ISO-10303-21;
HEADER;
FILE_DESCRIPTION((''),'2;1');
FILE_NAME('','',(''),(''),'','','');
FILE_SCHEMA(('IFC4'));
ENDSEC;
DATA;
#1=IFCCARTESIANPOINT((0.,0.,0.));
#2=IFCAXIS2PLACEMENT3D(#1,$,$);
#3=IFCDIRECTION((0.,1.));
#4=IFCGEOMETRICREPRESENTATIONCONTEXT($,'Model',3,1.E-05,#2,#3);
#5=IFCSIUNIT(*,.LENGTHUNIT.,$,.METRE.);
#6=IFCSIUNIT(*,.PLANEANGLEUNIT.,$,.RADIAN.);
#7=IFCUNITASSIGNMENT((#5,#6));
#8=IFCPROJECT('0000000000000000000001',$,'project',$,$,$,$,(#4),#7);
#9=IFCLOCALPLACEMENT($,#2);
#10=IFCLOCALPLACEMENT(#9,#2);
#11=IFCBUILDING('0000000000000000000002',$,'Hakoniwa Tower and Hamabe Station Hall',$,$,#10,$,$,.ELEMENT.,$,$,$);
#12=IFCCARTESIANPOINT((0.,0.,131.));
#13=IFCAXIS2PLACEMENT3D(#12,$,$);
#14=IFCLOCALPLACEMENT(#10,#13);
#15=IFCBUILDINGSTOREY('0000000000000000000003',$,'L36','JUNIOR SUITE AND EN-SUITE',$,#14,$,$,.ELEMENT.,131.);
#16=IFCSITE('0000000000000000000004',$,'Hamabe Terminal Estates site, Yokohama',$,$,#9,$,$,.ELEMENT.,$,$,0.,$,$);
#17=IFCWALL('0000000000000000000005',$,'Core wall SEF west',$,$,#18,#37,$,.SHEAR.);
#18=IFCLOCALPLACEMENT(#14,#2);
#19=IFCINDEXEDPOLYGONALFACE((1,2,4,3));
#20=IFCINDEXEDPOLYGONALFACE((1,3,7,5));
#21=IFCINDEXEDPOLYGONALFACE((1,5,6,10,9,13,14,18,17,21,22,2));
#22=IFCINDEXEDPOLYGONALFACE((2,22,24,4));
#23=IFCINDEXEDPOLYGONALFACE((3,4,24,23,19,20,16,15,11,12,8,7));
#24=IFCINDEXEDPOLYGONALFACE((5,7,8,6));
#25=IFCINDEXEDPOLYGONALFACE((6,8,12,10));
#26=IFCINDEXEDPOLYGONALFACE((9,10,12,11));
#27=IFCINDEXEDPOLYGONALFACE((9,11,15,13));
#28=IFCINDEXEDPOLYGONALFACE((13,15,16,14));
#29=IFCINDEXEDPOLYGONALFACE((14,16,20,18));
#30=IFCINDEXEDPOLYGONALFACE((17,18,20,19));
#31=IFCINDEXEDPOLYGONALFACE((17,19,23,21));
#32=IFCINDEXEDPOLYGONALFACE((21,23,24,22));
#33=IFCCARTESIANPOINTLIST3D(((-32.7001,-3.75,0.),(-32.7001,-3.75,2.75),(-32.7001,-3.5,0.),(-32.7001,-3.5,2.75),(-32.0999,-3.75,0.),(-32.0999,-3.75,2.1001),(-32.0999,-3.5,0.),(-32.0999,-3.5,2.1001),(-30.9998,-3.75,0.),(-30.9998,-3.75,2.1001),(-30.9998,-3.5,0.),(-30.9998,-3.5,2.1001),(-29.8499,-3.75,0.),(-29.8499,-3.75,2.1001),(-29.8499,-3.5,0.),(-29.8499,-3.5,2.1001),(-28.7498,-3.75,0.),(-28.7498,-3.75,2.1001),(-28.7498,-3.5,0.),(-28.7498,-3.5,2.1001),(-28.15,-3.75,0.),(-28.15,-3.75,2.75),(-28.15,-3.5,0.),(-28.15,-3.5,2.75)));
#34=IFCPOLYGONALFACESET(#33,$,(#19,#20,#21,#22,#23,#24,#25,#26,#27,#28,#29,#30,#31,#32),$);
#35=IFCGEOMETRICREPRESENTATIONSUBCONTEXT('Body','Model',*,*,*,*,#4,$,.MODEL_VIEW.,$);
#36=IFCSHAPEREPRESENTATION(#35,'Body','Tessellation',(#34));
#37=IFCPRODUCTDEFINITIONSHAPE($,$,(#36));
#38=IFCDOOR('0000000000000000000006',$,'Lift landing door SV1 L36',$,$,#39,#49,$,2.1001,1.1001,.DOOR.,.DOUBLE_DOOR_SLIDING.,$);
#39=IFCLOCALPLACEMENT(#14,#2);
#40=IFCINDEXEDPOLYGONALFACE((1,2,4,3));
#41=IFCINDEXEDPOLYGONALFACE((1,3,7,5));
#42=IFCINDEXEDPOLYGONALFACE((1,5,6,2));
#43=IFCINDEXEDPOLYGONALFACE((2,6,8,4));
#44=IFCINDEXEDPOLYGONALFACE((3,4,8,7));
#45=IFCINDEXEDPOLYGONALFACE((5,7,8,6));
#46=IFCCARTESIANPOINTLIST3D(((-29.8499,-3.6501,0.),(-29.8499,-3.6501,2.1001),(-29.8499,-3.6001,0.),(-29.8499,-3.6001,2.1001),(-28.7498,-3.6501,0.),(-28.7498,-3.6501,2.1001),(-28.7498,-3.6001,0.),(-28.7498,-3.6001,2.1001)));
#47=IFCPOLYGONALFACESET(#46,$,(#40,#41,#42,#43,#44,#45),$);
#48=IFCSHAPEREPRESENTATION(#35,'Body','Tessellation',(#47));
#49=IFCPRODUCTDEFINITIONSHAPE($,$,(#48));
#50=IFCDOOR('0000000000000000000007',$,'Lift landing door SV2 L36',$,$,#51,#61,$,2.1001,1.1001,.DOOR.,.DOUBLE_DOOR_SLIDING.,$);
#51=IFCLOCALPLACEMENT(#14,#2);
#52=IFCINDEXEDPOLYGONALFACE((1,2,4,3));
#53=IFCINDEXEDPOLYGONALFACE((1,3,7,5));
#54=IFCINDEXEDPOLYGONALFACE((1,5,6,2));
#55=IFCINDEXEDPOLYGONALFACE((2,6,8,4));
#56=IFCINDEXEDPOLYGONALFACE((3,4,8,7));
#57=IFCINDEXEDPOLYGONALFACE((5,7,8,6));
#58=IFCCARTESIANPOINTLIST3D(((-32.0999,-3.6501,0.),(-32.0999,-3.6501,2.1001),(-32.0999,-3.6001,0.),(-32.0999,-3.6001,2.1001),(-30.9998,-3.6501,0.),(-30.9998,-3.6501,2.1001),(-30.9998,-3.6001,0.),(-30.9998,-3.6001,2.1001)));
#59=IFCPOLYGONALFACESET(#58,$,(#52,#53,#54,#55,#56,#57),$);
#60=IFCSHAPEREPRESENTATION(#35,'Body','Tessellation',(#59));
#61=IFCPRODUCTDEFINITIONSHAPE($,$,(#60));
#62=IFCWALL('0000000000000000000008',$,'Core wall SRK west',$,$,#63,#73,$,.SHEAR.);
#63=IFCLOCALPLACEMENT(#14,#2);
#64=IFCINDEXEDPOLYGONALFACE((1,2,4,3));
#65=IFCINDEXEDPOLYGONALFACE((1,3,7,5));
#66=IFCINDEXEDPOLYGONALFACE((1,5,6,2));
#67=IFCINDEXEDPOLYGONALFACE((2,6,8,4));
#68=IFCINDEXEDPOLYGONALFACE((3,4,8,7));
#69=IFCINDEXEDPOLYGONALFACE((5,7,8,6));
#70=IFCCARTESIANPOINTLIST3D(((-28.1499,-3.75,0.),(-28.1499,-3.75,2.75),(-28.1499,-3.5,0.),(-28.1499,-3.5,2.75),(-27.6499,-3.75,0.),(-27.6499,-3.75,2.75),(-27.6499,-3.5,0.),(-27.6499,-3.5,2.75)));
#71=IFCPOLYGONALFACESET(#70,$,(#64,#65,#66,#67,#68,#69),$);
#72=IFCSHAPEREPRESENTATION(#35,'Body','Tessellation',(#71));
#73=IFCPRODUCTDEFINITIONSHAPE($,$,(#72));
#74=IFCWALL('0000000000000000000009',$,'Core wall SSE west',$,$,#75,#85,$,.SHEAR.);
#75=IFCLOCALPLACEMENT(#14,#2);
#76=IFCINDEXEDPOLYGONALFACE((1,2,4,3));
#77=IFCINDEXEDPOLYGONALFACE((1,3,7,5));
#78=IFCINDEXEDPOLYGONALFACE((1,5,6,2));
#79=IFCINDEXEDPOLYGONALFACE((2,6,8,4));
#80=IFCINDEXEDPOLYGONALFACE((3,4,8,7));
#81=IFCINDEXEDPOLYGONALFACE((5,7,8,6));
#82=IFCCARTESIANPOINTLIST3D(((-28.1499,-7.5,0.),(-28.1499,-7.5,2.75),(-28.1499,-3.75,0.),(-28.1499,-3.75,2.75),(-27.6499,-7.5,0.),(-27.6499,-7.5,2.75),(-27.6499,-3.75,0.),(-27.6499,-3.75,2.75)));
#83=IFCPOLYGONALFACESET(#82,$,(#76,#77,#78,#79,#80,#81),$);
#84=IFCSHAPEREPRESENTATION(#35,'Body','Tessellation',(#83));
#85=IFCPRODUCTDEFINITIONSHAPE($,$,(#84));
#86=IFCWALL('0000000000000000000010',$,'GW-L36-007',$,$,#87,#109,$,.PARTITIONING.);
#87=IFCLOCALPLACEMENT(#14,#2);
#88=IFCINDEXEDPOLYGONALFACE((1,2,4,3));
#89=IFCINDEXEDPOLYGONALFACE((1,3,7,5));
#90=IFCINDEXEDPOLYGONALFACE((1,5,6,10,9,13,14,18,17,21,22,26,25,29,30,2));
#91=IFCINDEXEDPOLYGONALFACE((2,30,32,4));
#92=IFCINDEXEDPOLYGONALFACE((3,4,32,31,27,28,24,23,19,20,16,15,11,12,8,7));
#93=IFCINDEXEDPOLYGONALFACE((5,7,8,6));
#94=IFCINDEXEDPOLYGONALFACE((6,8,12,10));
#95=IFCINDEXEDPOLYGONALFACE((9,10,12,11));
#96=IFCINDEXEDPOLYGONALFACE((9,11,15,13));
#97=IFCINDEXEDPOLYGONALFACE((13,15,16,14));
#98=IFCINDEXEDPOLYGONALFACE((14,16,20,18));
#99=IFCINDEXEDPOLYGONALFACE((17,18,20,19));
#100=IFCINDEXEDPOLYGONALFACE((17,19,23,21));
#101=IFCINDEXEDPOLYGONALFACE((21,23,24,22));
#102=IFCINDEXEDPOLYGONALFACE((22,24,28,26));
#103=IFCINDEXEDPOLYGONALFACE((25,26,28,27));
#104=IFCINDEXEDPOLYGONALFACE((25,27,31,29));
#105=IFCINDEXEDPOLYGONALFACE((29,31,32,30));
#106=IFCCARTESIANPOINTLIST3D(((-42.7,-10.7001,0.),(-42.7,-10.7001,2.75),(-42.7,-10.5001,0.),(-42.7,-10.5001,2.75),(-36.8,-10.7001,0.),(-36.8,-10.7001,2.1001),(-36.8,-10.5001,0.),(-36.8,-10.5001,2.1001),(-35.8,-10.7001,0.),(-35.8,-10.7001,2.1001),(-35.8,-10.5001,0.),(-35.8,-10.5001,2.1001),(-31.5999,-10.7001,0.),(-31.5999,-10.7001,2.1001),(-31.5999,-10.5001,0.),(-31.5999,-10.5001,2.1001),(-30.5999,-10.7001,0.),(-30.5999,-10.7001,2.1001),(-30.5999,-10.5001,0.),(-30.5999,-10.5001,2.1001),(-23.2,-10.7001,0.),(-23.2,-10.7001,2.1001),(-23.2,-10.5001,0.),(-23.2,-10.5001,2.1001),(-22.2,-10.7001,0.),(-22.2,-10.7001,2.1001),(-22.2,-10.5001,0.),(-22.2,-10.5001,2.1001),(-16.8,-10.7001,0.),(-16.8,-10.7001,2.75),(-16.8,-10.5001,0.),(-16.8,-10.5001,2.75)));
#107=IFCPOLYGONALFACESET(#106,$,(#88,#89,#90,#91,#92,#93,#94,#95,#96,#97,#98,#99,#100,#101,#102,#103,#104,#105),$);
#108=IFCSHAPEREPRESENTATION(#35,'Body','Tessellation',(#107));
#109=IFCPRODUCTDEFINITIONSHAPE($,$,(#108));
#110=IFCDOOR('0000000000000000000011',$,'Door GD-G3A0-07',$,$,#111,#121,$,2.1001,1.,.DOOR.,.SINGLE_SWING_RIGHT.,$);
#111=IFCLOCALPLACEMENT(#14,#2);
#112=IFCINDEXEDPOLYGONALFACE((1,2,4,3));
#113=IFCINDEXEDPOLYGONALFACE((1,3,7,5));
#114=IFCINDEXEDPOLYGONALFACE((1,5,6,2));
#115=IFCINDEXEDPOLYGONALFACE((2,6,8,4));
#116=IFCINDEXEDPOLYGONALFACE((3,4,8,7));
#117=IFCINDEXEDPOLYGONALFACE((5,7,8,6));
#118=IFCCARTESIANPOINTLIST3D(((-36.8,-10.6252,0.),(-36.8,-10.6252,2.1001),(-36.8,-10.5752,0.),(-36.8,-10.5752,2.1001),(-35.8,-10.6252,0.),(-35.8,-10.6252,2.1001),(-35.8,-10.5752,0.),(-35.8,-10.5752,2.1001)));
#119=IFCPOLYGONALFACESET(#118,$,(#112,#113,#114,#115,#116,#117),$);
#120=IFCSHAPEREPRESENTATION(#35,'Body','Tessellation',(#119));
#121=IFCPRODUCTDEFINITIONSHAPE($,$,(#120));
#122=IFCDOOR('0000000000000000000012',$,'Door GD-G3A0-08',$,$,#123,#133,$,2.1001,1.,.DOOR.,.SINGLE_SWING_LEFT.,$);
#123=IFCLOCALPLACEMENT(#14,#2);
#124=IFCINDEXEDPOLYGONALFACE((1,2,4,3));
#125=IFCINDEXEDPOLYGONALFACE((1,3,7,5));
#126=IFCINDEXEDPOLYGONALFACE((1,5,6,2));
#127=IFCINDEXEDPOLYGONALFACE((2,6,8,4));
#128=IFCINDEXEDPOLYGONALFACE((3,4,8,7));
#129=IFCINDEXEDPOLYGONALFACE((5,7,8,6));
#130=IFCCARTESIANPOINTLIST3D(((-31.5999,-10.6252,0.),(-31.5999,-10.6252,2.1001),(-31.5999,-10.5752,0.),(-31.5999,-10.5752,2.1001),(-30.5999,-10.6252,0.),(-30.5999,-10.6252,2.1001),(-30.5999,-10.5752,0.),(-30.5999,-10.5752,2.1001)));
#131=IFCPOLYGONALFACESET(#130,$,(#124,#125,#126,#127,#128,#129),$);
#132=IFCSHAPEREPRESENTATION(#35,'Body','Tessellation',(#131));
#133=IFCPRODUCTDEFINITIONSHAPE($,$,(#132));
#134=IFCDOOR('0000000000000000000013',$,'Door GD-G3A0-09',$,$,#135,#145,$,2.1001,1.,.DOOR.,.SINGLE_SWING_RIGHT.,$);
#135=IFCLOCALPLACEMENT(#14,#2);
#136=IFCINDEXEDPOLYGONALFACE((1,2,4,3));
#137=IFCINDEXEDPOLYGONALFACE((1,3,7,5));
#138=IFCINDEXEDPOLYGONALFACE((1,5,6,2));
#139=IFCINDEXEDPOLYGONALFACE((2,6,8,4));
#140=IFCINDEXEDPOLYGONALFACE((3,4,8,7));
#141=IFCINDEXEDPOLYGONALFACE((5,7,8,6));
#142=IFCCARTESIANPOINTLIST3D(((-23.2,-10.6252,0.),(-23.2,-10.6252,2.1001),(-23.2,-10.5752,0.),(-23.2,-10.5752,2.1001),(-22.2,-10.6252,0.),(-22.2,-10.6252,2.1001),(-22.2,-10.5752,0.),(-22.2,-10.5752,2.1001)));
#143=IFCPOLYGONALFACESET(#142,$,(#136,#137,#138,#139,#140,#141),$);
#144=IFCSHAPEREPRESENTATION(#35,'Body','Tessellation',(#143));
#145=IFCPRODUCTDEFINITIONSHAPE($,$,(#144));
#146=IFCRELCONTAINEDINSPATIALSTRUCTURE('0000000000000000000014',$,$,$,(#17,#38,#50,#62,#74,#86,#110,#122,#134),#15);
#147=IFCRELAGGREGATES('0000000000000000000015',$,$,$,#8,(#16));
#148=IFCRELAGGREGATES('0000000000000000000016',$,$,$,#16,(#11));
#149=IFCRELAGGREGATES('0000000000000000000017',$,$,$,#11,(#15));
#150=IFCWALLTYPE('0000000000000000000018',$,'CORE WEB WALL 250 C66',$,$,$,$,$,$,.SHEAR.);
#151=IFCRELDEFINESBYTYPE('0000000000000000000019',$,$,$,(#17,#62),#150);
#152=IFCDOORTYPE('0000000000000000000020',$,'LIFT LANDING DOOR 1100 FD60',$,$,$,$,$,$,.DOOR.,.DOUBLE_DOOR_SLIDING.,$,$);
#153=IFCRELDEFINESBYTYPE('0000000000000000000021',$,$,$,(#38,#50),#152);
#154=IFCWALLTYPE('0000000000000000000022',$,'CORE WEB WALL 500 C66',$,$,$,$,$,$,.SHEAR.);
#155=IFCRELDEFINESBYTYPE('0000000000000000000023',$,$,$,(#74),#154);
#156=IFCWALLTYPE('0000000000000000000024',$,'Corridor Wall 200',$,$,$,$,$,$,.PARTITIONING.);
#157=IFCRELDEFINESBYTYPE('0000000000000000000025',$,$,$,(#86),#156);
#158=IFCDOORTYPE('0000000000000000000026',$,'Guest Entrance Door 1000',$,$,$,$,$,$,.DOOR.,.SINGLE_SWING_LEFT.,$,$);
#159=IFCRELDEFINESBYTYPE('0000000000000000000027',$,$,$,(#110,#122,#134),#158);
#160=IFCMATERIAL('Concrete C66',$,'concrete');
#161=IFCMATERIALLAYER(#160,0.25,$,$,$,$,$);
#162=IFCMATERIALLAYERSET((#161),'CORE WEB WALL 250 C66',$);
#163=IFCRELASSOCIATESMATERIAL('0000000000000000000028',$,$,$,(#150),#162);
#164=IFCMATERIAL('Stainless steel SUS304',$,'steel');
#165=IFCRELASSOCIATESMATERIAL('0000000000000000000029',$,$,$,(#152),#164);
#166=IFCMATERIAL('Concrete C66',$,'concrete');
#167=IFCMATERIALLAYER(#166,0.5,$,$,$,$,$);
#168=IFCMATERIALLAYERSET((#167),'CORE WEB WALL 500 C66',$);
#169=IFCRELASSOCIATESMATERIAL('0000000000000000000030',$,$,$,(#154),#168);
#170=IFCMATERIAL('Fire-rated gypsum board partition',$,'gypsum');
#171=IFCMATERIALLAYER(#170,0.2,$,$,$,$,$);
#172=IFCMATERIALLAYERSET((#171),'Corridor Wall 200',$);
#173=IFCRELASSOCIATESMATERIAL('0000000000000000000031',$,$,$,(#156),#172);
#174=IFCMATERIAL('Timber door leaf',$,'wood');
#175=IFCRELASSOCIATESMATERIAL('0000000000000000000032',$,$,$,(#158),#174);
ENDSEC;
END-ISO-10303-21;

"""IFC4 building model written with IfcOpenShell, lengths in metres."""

from ifc_helpers import new_model, si_unit, direction, frame, frame_2d, origin, place, context, subcontext, project, spatial, rectangle, extrude, material, layer, layer_set, type_object, element, fill, save


model = new_model("IFC4")

# Units and contexts
model_context = context("Model", 3, precision=1e-05, world=origin(), true_north=direction((0.0, 1.0)))
body_context = subcontext(model_context, "Body", "Model", "MODEL_VIEW")
ifc_project = project(units=[si_unit("LENGTHUNIT", "METRE"), si_unit("PLANEANGLEUNIT", "RADIAN")], contexts=[model_context])

# Site, building, storey
site_placement = place(None, origin())
site = spatial("IfcSite", under=ifc_project, at=site_placement, Name="Hamabe Terminal Estates site, Yokohama", CompositionType="ELEMENT", RefElevation=0.0)
building_placement = place(site_placement, origin())
building = spatial("IfcBuilding", under=site, at=building_placement, Name="Hakoniwa Tower and Hamabe Station Hall", CompositionType="ELEMENT")
storey_placement = place(building_placement, frame((0.0, 0.0, 131.0)))
storey = spatial("IfcBuildingStorey", under=building, at=storey_placement, Name="L36", Description="JUNIOR SUITE AND EN-SUITE", CompositionType="ELEMENT", Elevation=131.0)

# Shared definitions
ifc_material_1 = material(Name="Concrete C66", Category="concrete")
ifc_layer_1 = layer(ifc_material_1, 0.25)
ifc_layer_set_1 = layer_set([ifc_layer_1], Name="CORE WEB WALL 250 C66")
wall_type_1 = type_object("IfcWallType", Name="CORE WEB WALL 250 C66", PredefinedType="SHEAR", material=ifc_layer_set_1)
ifc_material_2 = material(Name="Stainless steel SUS304", Category="steel")
door_type_1 = type_object("IfcDoorType", Name="LIFT LANDING DOOR 1100 FD60", OperationType="DOUBLE_DOOR_SLIDING", PredefinedType="DOOR", material=ifc_material_2)

# Wall, openings, doors
wall_1_placement = place(storey_placement, frame((-32.7, -3.625, 0.0), z_axis=(0.0, 0.0, 1.0), x_axis=(1.0, 0.0, 0.0)))
wall_1 = element("IfcWall", 1, at=wall_1_placement, inside=storey, type_object=wall_type_1, Name="Core wall SEF west", PredefinedType="SHEAR", context=body_context, shape_type="SweptSolid", body=[
    extrude(rectangle(XDim=4.55, YDim=0.25, at=frame_2d((2.2749, 0.0))), origin(), (0.0, 0.0, 1.0), 2.75),
])
opening_1_placement = place(wall_1_placement, frame((2.8501, 0.0, 0.0)))
opening_1 = element("IfcOpeningElement", 2, at=opening_1_placement, cuts=wall_1, PredefinedType="OPENING", context=body_context, shape_type="SweptSolid", body=[
    extrude(rectangle(XDim=1.1001, YDim=2.1001, at=frame_2d((0.55, 1.05))), frame((0.0, 0.135, 0.0), z_axis=(0.0, -1.0, 0.0), x_axis=(1.0, 0.0, 0.0)), (0.0, 0.0, 1.0), 0.27),
])
opening_2_placement = place(wall_1_placement, frame((0.6001, 0.0, 0.0)))
opening_2 = element("IfcOpeningElement", 3, at=opening_2_placement, cuts=wall_1, PredefinedType="OPENING", context=body_context, shape_type="SweptSolid", body=[
    extrude(rectangle(XDim=1.1001, YDim=2.1001, at=frame_2d((0.55, 1.05))), frame((0.0, 0.135, 0.0), z_axis=(0.0, -1.0, 0.0), x_axis=(1.0, 0.0, 0.0)), (0.0, 0.0, 1.0), 0.27),
])
door_1_placement = place(opening_1_placement, origin())
door_1 = element("IfcDoor", 4, at=door_1_placement, inside=storey, type_object=door_type_1, Name="Lift landing door SV1 L36", OperationType="DOUBLE_DOOR_SLIDING", OverallHeight=2.1001, OverallWidth=1.1001, PredefinedType="DOOR", context=body_context, shape_type="SweptSolid", body=[
    extrude(rectangle(XDim=1.1001, YDim=2.1001, at=frame_2d((0.55, 1.05))), frame((0.0, 0.0249, 0.0), z_axis=(0.0, -1.0, 0.0), x_axis=(1.0, 0.0, 0.0)), (0.0, 0.0, 1.0), 0.05),
])
fill(opening_1, door_1)
door_2_placement = place(opening_2_placement, origin())
door_2 = element("IfcDoor", 5, at=door_2_placement, inside=storey, type_object=door_type_1, Name="Lift landing door SV2 L36", OperationType="DOUBLE_DOOR_SLIDING", OverallHeight=2.1001, OverallWidth=1.1001, PredefinedType="DOOR", context=body_context, shape_type="SweptSolid", body=[
    extrude(rectangle(XDim=1.1001, YDim=2.1001, at=frame_2d((0.55, 1.05))), frame((0.0, 0.0249, 0.0), z_axis=(0.0, -1.0, 0.0), x_axis=(1.0, 0.0, 0.0)), (0.0, 0.0, 1.0), 0.05),
])
fill(opening_2, door_2)

# Walls
wall_2_placement = place(storey_placement, frame((-28.1499, -3.625, 0.0), z_axis=(0.0, 0.0, 1.0), x_axis=(1.0, 0.0, 0.0)))
element("IfcWall", 6, at=wall_2_placement, inside=storey, type_object=wall_type_1, Name="Core wall SRK west", PredefinedType="SHEAR", context=body_context, shape_type="SweptSolid", body=[
    extrude(rectangle(XDim=0.5, YDim=0.25, at=frame_2d((0.25, 0.0))), origin(), (0.0, 0.0, 1.0), 2.75),
])
ifc_material_3 = material(Name="Concrete C66", Category="concrete")
ifc_layer_2 = layer(ifc_material_3, 0.5)
ifc_layer_set_2 = layer_set([ifc_layer_2], Name="CORE WEB WALL 500 C66")
wall_type_2 = type_object("IfcWallType", Name="CORE WEB WALL 500 C66", PredefinedType="SHEAR", material=ifc_layer_set_2)
wall_3_placement = place(storey_placement, frame((-27.8999, -7.5, 0.0), z_axis=(0.0, 0.0, 1.0), x_axis=(0.0, 1.0, 0.0)))
element("IfcWall", 7, at=wall_3_placement, inside=storey, type_object=wall_type_2, Name="Core wall SSE west", PredefinedType="SHEAR", context=body_context, shape_type="SweptSolid", body=[
    extrude(rectangle(XDim=3.75, YDim=0.5, at=frame_2d((1.875, 0.0))), origin(), (0.0, 0.0, 1.0), 2.75),
])

# Wall, openings, doors
ifc_material_4 = material(Name="Fire-rated gypsum board partition", Category="gypsum")
ifc_layer_3 = layer(ifc_material_4, 0.2)
ifc_layer_set_3 = layer_set([ifc_layer_3], Name="Corridor Wall 200")
wall_type_3 = type_object("IfcWallType", Name="Corridor Wall 200", PredefinedType="PARTITIONING", material=ifc_layer_set_3)
wall_4_placement = place(storey_placement, frame((-42.7, -10.6001, 0.0), z_axis=(0.0, 0.0, 1.0), x_axis=(1.0, 0.0, 0.0)))
wall_4 = element("IfcWall", 8, at=wall_4_placement, inside=storey, type_object=wall_type_3, Name="GW-L36-007", PredefinedType="PARTITIONING", context=body_context, shape_type="SweptSolid", body=[
    extrude(rectangle(XDim=25.8999, YDim=0.2, at=frame_2d((12.95, 0.0))), origin(), (0.0, 0.0, 1.0), 2.75),
])
opening_3_placement = place(wall_4_placement, frame((5.8999, 0.0, 0.0)))
opening_3 = element("IfcOpeningElement", 9, at=opening_3_placement, cuts=wall_4, PredefinedType="OPENING", context=body_context, shape_type="SweptSolid", body=[
    extrude(rectangle(XDim=1.0, YDim=2.1001, at=frame_2d((0.5, 1.05))), frame((0.0, 0.1099, 0.0), z_axis=(0.0, -1.0, 0.0), x_axis=(1.0, 0.0, 0.0)), (0.0, 0.0, 1.0), 0.22),
])
opening_4_placement = place(wall_4_placement, frame((11.1001, 0.0, 0.0)))
opening_4 = element("IfcOpeningElement", 10, at=opening_4_placement, cuts=wall_4, PredefinedType="OPENING", context=body_context, shape_type="SweptSolid", body=[
    extrude(rectangle(XDim=1.0, YDim=2.1001, at=frame_2d((0.5, 1.05))), frame((0.0, 0.1099, 0.0), z_axis=(0.0, -1.0, 0.0), x_axis=(1.0, 0.0, 0.0)), (0.0, 0.0, 1.0), 0.22),
])
opening_5_placement = place(wall_4_placement, frame((19.5, 0.0, 0.0)))
opening_5 = element("IfcOpeningElement", 11, at=opening_5_placement, cuts=wall_4, PredefinedType="OPENING", context=body_context, shape_type="SweptSolid", body=[
    extrude(rectangle(XDim=1.0, YDim=2.1001, at=frame_2d((0.5, 1.05))), frame((0.0, 0.1099, 0.0), z_axis=(0.0, -1.0, 0.0), x_axis=(1.0, 0.0, 0.0)), (0.0, 0.0, 1.0), 0.22),
])
ifc_material_5 = material(Name="Timber door leaf", Category="wood")
door_type_2 = type_object("IfcDoorType", Name="Guest Entrance Door 1000", OperationType="SINGLE_SWING_LEFT", PredefinedType="DOOR", material=ifc_material_5)
door_3_placement = place(opening_3_placement, origin())
door_3 = element("IfcDoor", 12, at=door_3_placement, inside=storey, type_object=door_type_2, Name="Door GD-G3A0-07", OperationType="SINGLE_SWING_RIGHT", OverallHeight=2.1001, OverallWidth=1.0, PredefinedType="DOOR", context=body_context, shape_type="SweptSolid", body=[
    extrude(rectangle(XDim=1.0, YDim=2.1001, at=frame_2d((0.5, 1.05))), frame((0.0, 0.0249, 0.0), z_axis=(0.0, -1.0, 0.0), x_axis=(1.0, 0.0, 0.0)), (0.0, 0.0, 1.0), 0.05),
])
fill(opening_3, door_3)
door_4_placement = place(opening_4_placement, origin())
door_4 = element("IfcDoor", 13, at=door_4_placement, inside=storey, type_object=door_type_2, Name="Door GD-G3A0-08", OperationType="SINGLE_SWING_LEFT", OverallHeight=2.1001, OverallWidth=1.0, PredefinedType="DOOR", context=body_context, shape_type="SweptSolid", body=[
    extrude(rectangle(XDim=1.0, YDim=2.1001, at=frame_2d((0.5, 1.05))), frame((0.0, 0.0249, 0.0), z_axis=(0.0, -1.0, 0.0), x_axis=(1.0, 0.0, 0.0)), (0.0, 0.0, 1.0), 0.05),
])
fill(opening_4, door_4)
door_5_placement = place(opening_5_placement, origin())
door_5 = element("IfcDoor", 14, at=door_5_placement, inside=storey, type_object=door_type_2, Name="Door GD-G3A0-09", OperationType="SINGLE_SWING_RIGHT", OverallHeight=2.1001, OverallWidth=1.0, PredefinedType="DOOR", context=body_context, shape_type="SweptSolid", body=[
    extrude(rectangle(XDim=1.0, YDim=2.1001, at=frame_2d((0.5, 1.05))), frame((0.0, 0.0249, 0.0), z_axis=(0.0, -1.0, 0.0), x_axis=(1.0, 0.0, 0.0)), (0.0, 0.0, 1.0), 0.05),
])
fill(opening_5, door_5)

save(model, "model.ifc")
